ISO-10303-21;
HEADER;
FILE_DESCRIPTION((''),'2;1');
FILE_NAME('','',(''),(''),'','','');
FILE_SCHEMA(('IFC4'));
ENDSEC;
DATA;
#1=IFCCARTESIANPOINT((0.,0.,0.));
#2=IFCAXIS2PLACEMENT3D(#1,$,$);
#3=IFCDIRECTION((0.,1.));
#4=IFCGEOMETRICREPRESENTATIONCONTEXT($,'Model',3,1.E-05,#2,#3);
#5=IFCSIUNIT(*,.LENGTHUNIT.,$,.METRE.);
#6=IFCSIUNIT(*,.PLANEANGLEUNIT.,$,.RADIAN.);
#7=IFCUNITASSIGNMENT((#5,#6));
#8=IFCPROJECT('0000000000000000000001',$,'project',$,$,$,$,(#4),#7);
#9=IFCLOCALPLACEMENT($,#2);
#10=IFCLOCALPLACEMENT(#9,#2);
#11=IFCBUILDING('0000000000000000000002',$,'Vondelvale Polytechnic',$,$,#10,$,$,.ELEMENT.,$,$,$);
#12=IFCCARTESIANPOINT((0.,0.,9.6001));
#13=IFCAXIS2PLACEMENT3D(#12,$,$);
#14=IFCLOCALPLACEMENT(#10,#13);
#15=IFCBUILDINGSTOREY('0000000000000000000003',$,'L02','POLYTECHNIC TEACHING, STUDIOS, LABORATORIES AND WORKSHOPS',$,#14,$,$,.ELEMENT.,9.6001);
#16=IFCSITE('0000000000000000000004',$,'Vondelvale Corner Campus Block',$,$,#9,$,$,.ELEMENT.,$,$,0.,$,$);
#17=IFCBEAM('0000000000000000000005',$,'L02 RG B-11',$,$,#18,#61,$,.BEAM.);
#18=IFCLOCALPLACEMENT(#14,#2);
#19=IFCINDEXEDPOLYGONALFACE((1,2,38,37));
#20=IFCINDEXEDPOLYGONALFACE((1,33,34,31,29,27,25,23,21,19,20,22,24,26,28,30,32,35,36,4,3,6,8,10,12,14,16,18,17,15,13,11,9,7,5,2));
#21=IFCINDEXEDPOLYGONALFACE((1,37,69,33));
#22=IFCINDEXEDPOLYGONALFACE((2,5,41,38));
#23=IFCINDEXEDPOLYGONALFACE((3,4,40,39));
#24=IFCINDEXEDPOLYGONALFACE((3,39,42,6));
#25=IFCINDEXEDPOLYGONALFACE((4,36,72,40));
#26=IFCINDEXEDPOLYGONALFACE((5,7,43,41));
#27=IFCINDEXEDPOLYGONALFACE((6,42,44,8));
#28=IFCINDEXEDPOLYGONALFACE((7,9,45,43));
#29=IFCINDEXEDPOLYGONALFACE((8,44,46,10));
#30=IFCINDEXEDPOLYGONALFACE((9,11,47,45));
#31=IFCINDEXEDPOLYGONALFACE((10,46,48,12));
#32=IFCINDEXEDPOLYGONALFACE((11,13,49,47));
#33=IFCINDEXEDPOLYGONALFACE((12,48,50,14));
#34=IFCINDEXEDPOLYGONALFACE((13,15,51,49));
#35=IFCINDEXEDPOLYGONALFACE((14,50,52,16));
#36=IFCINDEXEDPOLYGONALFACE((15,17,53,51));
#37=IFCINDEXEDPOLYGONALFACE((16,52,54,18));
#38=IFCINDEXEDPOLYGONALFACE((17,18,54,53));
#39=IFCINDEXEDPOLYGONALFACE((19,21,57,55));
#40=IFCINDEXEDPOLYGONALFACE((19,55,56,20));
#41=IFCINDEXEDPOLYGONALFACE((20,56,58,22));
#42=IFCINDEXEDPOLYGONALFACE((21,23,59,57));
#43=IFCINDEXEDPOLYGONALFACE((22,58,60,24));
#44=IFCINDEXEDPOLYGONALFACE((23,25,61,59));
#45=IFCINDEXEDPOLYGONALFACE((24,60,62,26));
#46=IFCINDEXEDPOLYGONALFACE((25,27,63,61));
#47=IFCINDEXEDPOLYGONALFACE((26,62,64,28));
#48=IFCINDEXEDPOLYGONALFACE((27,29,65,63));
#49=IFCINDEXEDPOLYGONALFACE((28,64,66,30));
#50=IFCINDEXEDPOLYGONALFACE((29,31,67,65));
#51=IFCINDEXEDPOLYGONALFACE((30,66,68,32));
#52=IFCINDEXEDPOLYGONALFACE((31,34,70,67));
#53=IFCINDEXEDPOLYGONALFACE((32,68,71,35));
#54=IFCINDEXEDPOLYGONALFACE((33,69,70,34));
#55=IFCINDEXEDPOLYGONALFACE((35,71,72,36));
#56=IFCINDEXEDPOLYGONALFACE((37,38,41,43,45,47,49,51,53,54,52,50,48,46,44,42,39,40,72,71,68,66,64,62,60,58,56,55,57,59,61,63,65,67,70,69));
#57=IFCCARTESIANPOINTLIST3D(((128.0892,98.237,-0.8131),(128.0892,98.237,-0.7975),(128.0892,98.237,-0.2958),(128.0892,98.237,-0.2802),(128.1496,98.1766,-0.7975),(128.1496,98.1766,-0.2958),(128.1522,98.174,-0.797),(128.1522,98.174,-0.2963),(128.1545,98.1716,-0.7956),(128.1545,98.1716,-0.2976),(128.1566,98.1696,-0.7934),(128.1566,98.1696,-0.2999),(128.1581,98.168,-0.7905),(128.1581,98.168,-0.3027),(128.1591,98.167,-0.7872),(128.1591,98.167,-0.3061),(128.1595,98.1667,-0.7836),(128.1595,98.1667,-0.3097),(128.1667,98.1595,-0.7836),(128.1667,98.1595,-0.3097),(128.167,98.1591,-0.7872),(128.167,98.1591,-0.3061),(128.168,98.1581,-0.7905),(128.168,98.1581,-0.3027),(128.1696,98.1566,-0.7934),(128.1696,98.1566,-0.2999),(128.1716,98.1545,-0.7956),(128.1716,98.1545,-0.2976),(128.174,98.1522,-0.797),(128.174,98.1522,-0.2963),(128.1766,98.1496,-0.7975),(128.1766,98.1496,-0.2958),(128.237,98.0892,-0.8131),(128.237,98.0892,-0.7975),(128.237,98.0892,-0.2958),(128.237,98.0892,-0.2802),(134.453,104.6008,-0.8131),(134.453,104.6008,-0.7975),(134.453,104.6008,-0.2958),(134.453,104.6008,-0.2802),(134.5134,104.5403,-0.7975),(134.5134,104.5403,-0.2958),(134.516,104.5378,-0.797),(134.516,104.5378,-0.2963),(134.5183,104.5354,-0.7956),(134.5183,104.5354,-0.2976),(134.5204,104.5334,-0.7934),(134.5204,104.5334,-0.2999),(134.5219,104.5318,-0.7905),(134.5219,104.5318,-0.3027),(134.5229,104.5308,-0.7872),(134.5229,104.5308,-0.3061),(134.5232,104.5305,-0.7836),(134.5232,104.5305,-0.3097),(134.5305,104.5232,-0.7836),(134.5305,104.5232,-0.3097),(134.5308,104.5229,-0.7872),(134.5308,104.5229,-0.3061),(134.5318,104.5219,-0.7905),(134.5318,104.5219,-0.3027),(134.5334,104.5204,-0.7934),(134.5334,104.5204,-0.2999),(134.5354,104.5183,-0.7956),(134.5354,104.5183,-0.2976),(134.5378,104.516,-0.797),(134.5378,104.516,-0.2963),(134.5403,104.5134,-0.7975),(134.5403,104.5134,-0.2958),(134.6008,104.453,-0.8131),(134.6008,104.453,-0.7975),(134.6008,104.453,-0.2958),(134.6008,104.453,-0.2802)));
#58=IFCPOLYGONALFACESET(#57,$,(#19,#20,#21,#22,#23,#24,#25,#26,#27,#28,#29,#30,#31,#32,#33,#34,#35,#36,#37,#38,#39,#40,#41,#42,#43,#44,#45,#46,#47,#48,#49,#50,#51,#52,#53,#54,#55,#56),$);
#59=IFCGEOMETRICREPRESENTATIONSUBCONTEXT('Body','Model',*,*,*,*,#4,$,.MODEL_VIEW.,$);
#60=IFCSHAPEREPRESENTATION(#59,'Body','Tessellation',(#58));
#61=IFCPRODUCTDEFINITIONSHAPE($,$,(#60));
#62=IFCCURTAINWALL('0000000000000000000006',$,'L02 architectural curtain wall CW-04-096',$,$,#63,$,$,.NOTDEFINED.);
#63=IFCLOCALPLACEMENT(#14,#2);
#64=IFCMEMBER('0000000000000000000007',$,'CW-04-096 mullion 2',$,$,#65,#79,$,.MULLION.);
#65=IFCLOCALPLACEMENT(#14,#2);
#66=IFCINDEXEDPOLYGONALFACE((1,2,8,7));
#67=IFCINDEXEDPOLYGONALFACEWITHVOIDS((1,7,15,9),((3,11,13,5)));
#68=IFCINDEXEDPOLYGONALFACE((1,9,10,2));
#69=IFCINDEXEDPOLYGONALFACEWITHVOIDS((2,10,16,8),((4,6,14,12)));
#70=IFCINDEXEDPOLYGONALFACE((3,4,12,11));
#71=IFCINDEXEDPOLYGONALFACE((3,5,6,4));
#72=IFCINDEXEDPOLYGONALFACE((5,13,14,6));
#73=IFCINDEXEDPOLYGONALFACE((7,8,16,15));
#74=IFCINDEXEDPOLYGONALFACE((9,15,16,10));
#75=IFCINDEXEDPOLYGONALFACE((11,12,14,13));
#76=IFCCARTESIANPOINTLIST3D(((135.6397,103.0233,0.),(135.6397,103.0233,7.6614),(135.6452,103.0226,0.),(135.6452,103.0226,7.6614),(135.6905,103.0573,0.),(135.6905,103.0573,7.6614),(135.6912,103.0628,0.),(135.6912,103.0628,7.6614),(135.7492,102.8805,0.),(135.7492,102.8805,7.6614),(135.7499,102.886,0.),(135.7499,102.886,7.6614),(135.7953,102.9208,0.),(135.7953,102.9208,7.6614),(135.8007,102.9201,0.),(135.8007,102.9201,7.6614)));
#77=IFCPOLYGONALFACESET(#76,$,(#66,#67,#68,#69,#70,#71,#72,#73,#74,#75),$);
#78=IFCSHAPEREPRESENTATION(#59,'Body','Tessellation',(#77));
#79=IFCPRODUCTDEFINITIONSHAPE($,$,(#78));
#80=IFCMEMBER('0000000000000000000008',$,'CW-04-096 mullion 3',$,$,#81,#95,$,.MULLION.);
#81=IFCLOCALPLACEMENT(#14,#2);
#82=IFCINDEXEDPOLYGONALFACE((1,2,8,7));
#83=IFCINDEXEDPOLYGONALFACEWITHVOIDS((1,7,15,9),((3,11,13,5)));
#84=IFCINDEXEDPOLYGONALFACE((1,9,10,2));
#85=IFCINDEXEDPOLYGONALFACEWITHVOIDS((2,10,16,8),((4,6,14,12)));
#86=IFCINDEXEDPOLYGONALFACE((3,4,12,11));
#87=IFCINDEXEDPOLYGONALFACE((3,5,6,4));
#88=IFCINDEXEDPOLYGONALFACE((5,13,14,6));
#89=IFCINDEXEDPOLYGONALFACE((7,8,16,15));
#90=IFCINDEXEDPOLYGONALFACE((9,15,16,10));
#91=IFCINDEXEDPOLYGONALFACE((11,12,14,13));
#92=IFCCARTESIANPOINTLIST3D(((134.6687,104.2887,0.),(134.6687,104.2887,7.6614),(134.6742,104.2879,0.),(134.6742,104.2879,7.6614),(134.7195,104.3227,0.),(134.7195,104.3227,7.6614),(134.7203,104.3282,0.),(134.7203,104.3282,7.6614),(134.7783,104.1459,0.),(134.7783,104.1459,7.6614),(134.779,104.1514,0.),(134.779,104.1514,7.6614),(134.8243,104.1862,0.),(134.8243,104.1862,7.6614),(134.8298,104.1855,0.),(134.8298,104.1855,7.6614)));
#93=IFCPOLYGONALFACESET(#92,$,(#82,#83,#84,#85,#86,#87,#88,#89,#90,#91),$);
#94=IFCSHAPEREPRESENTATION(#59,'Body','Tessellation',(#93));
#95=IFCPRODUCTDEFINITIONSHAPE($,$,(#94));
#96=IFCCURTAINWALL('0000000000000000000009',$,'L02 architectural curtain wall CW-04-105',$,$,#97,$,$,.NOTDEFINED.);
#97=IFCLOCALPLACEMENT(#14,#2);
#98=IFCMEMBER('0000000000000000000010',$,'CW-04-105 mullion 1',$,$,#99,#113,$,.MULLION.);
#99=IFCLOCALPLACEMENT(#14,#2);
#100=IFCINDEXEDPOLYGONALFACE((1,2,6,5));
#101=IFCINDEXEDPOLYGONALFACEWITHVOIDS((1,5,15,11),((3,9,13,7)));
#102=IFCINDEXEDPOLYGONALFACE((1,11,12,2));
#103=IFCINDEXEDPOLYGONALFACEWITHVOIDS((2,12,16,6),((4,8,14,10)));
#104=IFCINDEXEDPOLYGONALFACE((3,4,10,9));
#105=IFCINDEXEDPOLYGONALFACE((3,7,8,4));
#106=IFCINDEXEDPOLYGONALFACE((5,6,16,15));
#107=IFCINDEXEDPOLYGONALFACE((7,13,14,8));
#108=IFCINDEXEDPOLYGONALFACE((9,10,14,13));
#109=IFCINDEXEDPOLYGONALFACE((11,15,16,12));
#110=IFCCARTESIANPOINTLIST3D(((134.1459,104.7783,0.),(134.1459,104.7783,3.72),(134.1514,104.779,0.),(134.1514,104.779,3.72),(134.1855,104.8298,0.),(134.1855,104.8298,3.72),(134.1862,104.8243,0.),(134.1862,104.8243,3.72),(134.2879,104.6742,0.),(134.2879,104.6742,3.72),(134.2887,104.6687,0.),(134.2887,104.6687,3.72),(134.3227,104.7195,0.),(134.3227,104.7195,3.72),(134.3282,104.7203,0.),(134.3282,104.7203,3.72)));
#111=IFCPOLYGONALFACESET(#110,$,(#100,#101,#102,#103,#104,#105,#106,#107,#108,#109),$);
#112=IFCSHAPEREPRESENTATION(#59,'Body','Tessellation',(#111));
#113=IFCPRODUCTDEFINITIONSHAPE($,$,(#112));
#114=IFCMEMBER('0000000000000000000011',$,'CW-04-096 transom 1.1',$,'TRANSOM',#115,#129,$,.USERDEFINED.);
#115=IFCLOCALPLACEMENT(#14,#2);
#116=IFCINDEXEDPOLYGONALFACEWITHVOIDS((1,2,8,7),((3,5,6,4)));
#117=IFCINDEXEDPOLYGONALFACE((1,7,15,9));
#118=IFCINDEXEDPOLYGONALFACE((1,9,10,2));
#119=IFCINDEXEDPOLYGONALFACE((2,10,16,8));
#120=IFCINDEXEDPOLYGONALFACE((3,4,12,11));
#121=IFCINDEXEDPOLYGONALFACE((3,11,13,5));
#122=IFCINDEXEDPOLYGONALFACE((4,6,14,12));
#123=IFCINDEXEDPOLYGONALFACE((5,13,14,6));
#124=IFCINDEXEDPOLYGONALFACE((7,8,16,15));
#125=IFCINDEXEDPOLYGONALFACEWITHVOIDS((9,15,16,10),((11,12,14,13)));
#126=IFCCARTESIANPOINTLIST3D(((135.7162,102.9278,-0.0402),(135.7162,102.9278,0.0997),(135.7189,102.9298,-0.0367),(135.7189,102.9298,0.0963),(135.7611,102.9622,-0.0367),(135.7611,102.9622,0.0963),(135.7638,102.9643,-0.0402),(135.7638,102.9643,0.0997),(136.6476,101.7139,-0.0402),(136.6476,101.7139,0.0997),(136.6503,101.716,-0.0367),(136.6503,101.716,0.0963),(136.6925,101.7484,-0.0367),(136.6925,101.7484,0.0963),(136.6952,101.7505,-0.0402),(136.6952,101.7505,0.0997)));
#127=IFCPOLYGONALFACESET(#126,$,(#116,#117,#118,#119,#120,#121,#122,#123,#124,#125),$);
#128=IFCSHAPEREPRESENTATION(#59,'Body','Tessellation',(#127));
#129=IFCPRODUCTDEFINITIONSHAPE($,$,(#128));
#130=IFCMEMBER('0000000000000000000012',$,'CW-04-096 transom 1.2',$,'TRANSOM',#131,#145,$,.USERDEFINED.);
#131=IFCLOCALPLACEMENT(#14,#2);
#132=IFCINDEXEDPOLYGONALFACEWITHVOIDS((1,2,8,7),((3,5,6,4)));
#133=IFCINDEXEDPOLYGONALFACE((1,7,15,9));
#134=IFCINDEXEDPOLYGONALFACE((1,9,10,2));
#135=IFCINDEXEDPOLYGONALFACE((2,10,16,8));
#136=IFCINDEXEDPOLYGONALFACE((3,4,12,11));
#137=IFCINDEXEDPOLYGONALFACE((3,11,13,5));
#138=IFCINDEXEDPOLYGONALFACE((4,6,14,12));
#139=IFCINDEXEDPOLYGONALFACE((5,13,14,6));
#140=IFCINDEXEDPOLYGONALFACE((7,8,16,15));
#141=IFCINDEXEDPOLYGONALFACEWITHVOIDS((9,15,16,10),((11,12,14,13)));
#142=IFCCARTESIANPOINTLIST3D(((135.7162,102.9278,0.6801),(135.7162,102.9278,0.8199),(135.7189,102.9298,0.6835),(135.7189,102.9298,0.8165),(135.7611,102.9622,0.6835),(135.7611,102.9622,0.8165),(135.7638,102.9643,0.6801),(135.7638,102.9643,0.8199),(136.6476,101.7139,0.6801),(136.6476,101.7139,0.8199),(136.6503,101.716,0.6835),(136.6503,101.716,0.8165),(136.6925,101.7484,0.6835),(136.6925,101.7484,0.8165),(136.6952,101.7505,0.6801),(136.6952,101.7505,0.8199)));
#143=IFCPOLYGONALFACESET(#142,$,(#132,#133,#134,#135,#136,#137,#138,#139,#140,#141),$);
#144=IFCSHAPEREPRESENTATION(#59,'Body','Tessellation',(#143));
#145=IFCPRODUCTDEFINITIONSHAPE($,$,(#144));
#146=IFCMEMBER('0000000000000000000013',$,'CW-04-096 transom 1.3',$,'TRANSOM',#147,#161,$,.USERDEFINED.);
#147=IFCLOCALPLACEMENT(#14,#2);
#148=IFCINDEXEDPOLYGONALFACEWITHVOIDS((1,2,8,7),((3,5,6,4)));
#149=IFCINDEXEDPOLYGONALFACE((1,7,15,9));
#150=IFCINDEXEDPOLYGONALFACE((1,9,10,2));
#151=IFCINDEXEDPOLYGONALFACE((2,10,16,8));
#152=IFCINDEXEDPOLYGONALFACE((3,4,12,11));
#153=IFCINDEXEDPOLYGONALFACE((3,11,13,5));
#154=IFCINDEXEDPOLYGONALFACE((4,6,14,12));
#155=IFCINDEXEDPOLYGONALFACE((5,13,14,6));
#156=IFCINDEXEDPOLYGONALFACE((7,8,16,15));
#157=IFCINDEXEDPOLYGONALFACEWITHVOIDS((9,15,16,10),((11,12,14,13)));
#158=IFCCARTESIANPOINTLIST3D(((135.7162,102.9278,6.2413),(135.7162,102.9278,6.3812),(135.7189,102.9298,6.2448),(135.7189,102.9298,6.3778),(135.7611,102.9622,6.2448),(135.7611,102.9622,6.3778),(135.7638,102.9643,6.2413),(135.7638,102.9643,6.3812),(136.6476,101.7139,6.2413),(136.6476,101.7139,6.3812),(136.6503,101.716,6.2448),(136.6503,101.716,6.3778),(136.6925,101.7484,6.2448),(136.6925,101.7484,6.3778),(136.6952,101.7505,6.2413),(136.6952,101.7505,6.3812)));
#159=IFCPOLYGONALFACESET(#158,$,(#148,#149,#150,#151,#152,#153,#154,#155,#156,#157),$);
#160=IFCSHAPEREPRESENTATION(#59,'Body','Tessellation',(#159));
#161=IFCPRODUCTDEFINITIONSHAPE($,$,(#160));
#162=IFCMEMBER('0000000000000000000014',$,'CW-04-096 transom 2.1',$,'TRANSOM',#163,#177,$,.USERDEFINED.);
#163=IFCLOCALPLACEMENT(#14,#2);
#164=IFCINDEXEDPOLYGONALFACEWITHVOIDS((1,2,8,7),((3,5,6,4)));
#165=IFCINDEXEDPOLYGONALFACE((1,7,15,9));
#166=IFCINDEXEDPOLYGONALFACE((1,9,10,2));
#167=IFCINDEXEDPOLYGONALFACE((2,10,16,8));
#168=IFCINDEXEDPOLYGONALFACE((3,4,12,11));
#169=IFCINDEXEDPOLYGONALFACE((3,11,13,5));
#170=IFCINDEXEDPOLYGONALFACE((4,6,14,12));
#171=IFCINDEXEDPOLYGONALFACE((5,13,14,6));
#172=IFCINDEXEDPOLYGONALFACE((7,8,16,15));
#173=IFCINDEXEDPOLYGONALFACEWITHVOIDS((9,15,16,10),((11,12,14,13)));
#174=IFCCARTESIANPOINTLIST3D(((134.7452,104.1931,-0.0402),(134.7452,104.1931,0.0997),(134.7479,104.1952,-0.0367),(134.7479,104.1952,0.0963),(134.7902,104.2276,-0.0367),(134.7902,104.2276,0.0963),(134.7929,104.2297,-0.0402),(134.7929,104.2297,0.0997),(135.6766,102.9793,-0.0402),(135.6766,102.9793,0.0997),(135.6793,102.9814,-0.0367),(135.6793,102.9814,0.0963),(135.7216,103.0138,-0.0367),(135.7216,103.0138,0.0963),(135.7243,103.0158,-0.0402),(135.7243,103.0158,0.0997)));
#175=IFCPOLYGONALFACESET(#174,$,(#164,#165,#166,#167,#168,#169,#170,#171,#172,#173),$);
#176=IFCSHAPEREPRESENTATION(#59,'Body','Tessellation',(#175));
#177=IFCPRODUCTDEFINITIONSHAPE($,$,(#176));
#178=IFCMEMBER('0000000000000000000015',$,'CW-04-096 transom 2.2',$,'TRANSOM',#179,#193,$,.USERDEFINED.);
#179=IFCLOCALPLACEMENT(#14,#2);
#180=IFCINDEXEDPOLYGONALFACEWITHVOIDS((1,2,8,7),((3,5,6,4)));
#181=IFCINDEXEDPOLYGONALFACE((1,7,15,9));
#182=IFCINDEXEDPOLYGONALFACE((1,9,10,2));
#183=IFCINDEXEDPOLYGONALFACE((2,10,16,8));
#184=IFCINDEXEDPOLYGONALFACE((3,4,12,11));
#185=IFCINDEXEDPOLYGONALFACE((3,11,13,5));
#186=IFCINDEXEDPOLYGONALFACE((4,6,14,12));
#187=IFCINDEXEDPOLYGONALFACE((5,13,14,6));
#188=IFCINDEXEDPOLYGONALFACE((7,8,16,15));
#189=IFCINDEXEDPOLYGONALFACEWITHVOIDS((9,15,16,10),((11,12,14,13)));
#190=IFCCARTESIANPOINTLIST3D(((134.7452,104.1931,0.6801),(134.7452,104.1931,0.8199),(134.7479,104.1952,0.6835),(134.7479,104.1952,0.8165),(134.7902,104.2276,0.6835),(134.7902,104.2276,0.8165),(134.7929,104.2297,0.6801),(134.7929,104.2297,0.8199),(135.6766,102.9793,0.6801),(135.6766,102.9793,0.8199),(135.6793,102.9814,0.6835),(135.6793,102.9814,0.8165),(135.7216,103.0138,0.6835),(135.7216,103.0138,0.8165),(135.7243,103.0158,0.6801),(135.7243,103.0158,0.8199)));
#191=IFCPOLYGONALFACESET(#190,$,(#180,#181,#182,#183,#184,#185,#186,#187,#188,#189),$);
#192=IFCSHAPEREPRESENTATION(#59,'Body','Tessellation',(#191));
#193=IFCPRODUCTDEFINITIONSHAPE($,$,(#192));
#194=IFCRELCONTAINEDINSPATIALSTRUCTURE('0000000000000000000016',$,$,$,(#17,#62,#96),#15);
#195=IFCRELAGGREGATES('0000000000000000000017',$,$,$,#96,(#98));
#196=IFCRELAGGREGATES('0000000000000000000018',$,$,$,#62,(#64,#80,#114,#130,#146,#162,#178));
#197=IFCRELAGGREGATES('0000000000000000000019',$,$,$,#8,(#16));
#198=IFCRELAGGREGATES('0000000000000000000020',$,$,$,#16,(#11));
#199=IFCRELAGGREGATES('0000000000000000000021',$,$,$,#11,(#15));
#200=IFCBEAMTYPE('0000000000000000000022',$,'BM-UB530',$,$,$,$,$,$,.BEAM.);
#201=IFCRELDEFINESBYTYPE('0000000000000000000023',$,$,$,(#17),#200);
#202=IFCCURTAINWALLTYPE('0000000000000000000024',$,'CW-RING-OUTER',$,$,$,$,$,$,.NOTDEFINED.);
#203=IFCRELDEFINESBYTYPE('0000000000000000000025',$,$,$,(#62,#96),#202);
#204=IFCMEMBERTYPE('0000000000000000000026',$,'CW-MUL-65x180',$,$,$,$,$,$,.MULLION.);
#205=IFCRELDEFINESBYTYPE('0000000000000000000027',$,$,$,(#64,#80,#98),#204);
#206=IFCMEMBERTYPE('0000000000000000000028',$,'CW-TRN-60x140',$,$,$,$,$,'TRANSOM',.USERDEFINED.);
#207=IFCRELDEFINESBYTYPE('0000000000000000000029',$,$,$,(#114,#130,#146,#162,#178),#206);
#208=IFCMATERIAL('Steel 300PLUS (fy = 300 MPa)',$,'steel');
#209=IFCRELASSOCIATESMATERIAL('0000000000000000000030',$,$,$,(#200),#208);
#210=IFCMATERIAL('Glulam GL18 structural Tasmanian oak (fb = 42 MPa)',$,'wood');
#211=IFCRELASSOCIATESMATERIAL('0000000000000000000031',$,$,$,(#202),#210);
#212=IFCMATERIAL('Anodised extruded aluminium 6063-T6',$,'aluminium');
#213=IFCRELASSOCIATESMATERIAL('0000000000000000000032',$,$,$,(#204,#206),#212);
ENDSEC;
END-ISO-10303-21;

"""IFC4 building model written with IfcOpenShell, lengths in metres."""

from ifc_helpers import new_model, si_unit, direction, frame, origin, origin_2d, place, context, subcontext, project, spatial, hollow_rectangle, i_section, extrude, material, material_profile, profile_set, type_object, element, aggregate, save


model = new_model("IFC4")

# Units and contexts
model_context = context("Model", 3, precision=1e-05, world=origin(), true_north=direction((0.0, 1.0)))
body_context = subcontext(model_context, "Body", "Model", "MODEL_VIEW")
ifc_project = project(units=[si_unit("LENGTHUNIT", "METRE"), si_unit("PLANEANGLEUNIT", "RADIAN")], contexts=[model_context])

# Site, building, storey
site_placement = place(None, origin())
site = spatial("IfcSite", under=ifc_project, at=site_placement, Name="Vondelvale Corner Campus Block", CompositionType="ELEMENT", RefElevation=0.0)
building_placement = place(site_placement, origin())
building = spatial("IfcBuilding", under=site, at=building_placement, Name="Vondelvale Polytechnic", CompositionType="ELEMENT")
storey_placement = place(building_placement, frame((0.0, 0.0, 9.6001)))
storey = spatial("IfcBuildingStorey", under=building, at=storey_placement, Name="L02", Description="POLYTECHNIC TEACHING, STUDIOS, LABORATORIES AND WORKSHOPS", CompositionType="ELEMENT", Elevation=9.6001)

# Shared definitions
ifc_material_1 = material(Name="Steel 300PLUS (fy = 300 MPa)", Category="steel")

# Beam
ifc_material_profile_1 = material_profile(ifc_material_1, i_section(OverallWidth=0.209, OverallDepth=0.533, WebThickness=0.0103, FlangeThickness=0.0156, FilletRadius=0.0139, at=origin_2d()), Name="530UB92.4")
ifc_profile_set_1 = profile_set([ifc_material_profile_1], Name="Steel 300PLUS (fy = 300 MPa)")
beam_type_1 = type_object("IfcBeamType", Name="BM-UB530", PredefinedType="BEAM", material=ifc_profile_set_1)
beam_1_placement = place(storey_placement, frame((128.1631, 98.1631, -0.5466), z_axis=(0.707107, 0.707107, 0.0), x_axis=(-0.707107, 0.707107, 0.0)))
element("IfcBeam", 1, at=beam_1_placement, inside=storey, type_object=beam_type_1, Name="L02 RG B-11", PredefinedType="BEAM", context=body_context, shape_type="SweptSolid", body=[
    extrude(i_section(OverallWidth=0.209, OverallDepth=0.533, WebThickness=0.0103, FlangeThickness=0.0156, FilletRadius=0.0139, at=origin_2d()), origin(), (0.0, 0.0, 1.0), 8.9998),
])

# Curtain wall, members
ifc_material_2 = material(Name="Glulam GL18 structural Tasmanian oak (fb = 42 MPa)", Category="wood")
curtain_wall_type = type_object("IfcCurtainWallType", Name="CW-RING-OUTER", PredefinedType="NOTDEFINED", material=ifc_material_2)
curtain_wall_1_placement = place(storey_placement, origin())
curtain_wall_1 = element("IfcCurtainWall", 2, at=curtain_wall_1_placement, inside=storey, type_object=curtain_wall_type, Name="L02 architectural curtain wall CW-04-096", PredefinedType="NOTDEFINED")
ifc_material_3 = material(Name="Anodised extruded aluminium 6063-T6", Category="aluminium")
ifc_material_profile_2 = material_profile(ifc_material_3, hollow_rectangle(XDim=0.0649, YDim=0.1799, WallThickness=0.0039, at=origin_2d()), Name="CW-MUL-180x65")
ifc_profile_set_2 = profile_set([ifc_material_profile_2], Name="Anodised extruded aluminium 6063-T6")
member_type_1 = type_object("IfcMemberType", Name="CW-MUL-65x180", PredefinedType="MULLION", material=ifc_profile_set_2)
member_1_placement = place(storey_placement, frame((135.7202, 102.9717, 0.0), z_axis=(0.0, 0.0, 1.0), x_axis=(-0.793334, -0.608787, 0.0)))
member_1 = element("IfcMember", 3, at=member_1_placement, type_object=member_type_1, Name="CW-04-096 mullion 2", PredefinedType="MULLION", context=body_context, shape_type="SweptSolid", body=[
    extrude(hollow_rectangle(XDim=0.0649, YDim=0.1799, WallThickness=0.0039, at=origin_2d()), origin(), (0.0, 0.0, 1.0), 7.6614),
])
member_2_placement = place(storey_placement, frame((134.7493, 104.2371, 0.0), z_axis=(0.0, 0.0, 1.0), x_axis=(-0.793334, -0.608787, 0.0)))
member_2 = element("IfcMember", 4, at=member_2_placement, type_object=member_type_1, Name="CW-04-096 mullion 3", PredefinedType="MULLION", context=body_context, shape_type="SweptSolid", body=[
    extrude(hollow_rectangle(XDim=0.0649, YDim=0.1799, WallThickness=0.0039, at=origin_2d()), origin(), (0.0, 0.0, 1.0), 7.6614),
])

# Curtain wall, member
curtain_wall_2_placement = place(storey_placement, origin())
curtain_wall_2 = element("IfcCurtainWall", 5, at=curtain_wall_2_placement, inside=storey, type_object=curtain_wall_type, Name="L02 architectural curtain wall CW-04-105", PredefinedType="NOTDEFINED")
member_3_placement = place(storey_placement, frame((134.2371, 104.7493, 0.0), z_axis=(0.0, 0.0, 1.0), x_axis=(-0.608787, -0.793334, 0.0)))
member_3 = element("IfcMember", 6, at=member_3_placement, type_object=member_type_1, Name="CW-04-105 mullion 1", PredefinedType="MULLION", context=body_context, shape_type="SweptSolid", body=[
    extrude(hollow_rectangle(XDim=0.0649, YDim=0.1799, WallThickness=0.0039, at=origin_2d()), origin(), (0.0, 0.0, 1.0), 3.72),
])
aggregate(curtain_wall_2, [member_3])

# Members
ifc_material_profile_3 = material_profile(ifc_material_3, hollow_rectangle(XDim=0.0601, YDim=0.1399, WallThickness=0.0034, at=origin_2d()), Name="CW-TRN-140x60")
ifc_profile_set_3 = profile_set([ifc_material_profile_3], Name="Anodised extruded aluminium 6063-T6")
member_type_2 = type_object("IfcMemberType", Name="CW-TRN-60x140", ElementType="TRANSOM", PredefinedType="USERDEFINED", material=ifc_profile_set_3)
member_4_placement = place(storey_placement, frame((136.6714, 101.7322, 0.0298), z_axis=(-0.608746, 0.793365, 0.0), x_axis=(-0.793365, -0.608746, 0.0)))
member_4 = element("IfcMember", 7, at=member_4_placement, type_object=member_type_2, Name="CW-04-096 transom 1.1", ObjectType="TRANSOM", PredefinedType="USERDEFINED", context=body_context, shape_type="SweptSolid", body=[
    extrude(hollow_rectangle(XDim=0.0601, YDim=0.1399, WallThickness=0.0034, at=origin_2d()), origin(), (0.0, 0.0, 1.0), 1.53),
])
member_5_placement = place(storey_placement, frame((136.6714, 101.7322, 0.75), z_axis=(-0.608746, 0.793365, 0.0), x_axis=(-0.793365, -0.608746, 0.0)))
member_5 = element("IfcMember", 8, at=member_5_placement, type_object=member_type_2, Name="CW-04-096 transom 1.2", ObjectType="TRANSOM", PredefinedType="USERDEFINED", context=body_context, shape_type="SweptSolid", body=[
    extrude(hollow_rectangle(XDim=0.0601, YDim=0.1399, WallThickness=0.0034, at=origin_2d()), origin(), (0.0, 0.0, 1.0), 1.53),
])
member_6_placement = place(storey_placement, frame((136.6714, 101.7322, 6.3113), z_axis=(-0.608746, 0.793365, 0.0), x_axis=(-0.793365, -0.608746, 0.0)))
member_6 = element("IfcMember", 9, at=member_6_placement, type_object=member_type_2, Name="CW-04-096 transom 1.3", ObjectType="TRANSOM", PredefinedType="USERDEFINED", context=body_context, shape_type="SweptSolid", body=[
    extrude(hollow_rectangle(XDim=0.0601, YDim=0.1399, WallThickness=0.0034, at=origin_2d()), origin(), (0.0, 0.0, 1.0), 1.53),
])
member_7_placement = place(storey_placement, frame((135.7004, 102.9976, 0.0298), z_axis=(-0.608746, 0.793365, 0.0), x_axis=(-0.793365, -0.608746, 0.0)))
member_7 = element("IfcMember", 10, at=member_7_placement, type_object=member_type_2, Name="CW-04-096 transom 2.1", ObjectType="TRANSOM", PredefinedType="USERDEFINED", context=body_context, shape_type="SweptSolid", body=[
    extrude(hollow_rectangle(XDim=0.0601, YDim=0.1399, WallThickness=0.0034, at=origin_2d()), origin(), (0.0, 0.0, 1.0), 1.53),
])
member_8_placement = place(storey_placement, frame((135.7004, 102.9976, 0.75), z_axis=(-0.608746, 0.793365, 0.0), x_axis=(-0.793365, -0.608746, 0.0)))
member_8 = element("IfcMember", 11, at=member_8_placement, type_object=member_type_2, Name="CW-04-096 transom 2.2", ObjectType="TRANSOM", PredefinedType="USERDEFINED", context=body_context, shape_type="SweptSolid", body=[
    extrude(hollow_rectangle(XDim=0.0601, YDim=0.1399, WallThickness=0.0034, at=origin_2d()), origin(), (0.0, 0.0, 1.0), 1.53),
])

aggregate(curtain_wall_1, [member_1, member_2, member_4, member_5, member_6, member_7, member_8])

save(model, "model.ifc")
